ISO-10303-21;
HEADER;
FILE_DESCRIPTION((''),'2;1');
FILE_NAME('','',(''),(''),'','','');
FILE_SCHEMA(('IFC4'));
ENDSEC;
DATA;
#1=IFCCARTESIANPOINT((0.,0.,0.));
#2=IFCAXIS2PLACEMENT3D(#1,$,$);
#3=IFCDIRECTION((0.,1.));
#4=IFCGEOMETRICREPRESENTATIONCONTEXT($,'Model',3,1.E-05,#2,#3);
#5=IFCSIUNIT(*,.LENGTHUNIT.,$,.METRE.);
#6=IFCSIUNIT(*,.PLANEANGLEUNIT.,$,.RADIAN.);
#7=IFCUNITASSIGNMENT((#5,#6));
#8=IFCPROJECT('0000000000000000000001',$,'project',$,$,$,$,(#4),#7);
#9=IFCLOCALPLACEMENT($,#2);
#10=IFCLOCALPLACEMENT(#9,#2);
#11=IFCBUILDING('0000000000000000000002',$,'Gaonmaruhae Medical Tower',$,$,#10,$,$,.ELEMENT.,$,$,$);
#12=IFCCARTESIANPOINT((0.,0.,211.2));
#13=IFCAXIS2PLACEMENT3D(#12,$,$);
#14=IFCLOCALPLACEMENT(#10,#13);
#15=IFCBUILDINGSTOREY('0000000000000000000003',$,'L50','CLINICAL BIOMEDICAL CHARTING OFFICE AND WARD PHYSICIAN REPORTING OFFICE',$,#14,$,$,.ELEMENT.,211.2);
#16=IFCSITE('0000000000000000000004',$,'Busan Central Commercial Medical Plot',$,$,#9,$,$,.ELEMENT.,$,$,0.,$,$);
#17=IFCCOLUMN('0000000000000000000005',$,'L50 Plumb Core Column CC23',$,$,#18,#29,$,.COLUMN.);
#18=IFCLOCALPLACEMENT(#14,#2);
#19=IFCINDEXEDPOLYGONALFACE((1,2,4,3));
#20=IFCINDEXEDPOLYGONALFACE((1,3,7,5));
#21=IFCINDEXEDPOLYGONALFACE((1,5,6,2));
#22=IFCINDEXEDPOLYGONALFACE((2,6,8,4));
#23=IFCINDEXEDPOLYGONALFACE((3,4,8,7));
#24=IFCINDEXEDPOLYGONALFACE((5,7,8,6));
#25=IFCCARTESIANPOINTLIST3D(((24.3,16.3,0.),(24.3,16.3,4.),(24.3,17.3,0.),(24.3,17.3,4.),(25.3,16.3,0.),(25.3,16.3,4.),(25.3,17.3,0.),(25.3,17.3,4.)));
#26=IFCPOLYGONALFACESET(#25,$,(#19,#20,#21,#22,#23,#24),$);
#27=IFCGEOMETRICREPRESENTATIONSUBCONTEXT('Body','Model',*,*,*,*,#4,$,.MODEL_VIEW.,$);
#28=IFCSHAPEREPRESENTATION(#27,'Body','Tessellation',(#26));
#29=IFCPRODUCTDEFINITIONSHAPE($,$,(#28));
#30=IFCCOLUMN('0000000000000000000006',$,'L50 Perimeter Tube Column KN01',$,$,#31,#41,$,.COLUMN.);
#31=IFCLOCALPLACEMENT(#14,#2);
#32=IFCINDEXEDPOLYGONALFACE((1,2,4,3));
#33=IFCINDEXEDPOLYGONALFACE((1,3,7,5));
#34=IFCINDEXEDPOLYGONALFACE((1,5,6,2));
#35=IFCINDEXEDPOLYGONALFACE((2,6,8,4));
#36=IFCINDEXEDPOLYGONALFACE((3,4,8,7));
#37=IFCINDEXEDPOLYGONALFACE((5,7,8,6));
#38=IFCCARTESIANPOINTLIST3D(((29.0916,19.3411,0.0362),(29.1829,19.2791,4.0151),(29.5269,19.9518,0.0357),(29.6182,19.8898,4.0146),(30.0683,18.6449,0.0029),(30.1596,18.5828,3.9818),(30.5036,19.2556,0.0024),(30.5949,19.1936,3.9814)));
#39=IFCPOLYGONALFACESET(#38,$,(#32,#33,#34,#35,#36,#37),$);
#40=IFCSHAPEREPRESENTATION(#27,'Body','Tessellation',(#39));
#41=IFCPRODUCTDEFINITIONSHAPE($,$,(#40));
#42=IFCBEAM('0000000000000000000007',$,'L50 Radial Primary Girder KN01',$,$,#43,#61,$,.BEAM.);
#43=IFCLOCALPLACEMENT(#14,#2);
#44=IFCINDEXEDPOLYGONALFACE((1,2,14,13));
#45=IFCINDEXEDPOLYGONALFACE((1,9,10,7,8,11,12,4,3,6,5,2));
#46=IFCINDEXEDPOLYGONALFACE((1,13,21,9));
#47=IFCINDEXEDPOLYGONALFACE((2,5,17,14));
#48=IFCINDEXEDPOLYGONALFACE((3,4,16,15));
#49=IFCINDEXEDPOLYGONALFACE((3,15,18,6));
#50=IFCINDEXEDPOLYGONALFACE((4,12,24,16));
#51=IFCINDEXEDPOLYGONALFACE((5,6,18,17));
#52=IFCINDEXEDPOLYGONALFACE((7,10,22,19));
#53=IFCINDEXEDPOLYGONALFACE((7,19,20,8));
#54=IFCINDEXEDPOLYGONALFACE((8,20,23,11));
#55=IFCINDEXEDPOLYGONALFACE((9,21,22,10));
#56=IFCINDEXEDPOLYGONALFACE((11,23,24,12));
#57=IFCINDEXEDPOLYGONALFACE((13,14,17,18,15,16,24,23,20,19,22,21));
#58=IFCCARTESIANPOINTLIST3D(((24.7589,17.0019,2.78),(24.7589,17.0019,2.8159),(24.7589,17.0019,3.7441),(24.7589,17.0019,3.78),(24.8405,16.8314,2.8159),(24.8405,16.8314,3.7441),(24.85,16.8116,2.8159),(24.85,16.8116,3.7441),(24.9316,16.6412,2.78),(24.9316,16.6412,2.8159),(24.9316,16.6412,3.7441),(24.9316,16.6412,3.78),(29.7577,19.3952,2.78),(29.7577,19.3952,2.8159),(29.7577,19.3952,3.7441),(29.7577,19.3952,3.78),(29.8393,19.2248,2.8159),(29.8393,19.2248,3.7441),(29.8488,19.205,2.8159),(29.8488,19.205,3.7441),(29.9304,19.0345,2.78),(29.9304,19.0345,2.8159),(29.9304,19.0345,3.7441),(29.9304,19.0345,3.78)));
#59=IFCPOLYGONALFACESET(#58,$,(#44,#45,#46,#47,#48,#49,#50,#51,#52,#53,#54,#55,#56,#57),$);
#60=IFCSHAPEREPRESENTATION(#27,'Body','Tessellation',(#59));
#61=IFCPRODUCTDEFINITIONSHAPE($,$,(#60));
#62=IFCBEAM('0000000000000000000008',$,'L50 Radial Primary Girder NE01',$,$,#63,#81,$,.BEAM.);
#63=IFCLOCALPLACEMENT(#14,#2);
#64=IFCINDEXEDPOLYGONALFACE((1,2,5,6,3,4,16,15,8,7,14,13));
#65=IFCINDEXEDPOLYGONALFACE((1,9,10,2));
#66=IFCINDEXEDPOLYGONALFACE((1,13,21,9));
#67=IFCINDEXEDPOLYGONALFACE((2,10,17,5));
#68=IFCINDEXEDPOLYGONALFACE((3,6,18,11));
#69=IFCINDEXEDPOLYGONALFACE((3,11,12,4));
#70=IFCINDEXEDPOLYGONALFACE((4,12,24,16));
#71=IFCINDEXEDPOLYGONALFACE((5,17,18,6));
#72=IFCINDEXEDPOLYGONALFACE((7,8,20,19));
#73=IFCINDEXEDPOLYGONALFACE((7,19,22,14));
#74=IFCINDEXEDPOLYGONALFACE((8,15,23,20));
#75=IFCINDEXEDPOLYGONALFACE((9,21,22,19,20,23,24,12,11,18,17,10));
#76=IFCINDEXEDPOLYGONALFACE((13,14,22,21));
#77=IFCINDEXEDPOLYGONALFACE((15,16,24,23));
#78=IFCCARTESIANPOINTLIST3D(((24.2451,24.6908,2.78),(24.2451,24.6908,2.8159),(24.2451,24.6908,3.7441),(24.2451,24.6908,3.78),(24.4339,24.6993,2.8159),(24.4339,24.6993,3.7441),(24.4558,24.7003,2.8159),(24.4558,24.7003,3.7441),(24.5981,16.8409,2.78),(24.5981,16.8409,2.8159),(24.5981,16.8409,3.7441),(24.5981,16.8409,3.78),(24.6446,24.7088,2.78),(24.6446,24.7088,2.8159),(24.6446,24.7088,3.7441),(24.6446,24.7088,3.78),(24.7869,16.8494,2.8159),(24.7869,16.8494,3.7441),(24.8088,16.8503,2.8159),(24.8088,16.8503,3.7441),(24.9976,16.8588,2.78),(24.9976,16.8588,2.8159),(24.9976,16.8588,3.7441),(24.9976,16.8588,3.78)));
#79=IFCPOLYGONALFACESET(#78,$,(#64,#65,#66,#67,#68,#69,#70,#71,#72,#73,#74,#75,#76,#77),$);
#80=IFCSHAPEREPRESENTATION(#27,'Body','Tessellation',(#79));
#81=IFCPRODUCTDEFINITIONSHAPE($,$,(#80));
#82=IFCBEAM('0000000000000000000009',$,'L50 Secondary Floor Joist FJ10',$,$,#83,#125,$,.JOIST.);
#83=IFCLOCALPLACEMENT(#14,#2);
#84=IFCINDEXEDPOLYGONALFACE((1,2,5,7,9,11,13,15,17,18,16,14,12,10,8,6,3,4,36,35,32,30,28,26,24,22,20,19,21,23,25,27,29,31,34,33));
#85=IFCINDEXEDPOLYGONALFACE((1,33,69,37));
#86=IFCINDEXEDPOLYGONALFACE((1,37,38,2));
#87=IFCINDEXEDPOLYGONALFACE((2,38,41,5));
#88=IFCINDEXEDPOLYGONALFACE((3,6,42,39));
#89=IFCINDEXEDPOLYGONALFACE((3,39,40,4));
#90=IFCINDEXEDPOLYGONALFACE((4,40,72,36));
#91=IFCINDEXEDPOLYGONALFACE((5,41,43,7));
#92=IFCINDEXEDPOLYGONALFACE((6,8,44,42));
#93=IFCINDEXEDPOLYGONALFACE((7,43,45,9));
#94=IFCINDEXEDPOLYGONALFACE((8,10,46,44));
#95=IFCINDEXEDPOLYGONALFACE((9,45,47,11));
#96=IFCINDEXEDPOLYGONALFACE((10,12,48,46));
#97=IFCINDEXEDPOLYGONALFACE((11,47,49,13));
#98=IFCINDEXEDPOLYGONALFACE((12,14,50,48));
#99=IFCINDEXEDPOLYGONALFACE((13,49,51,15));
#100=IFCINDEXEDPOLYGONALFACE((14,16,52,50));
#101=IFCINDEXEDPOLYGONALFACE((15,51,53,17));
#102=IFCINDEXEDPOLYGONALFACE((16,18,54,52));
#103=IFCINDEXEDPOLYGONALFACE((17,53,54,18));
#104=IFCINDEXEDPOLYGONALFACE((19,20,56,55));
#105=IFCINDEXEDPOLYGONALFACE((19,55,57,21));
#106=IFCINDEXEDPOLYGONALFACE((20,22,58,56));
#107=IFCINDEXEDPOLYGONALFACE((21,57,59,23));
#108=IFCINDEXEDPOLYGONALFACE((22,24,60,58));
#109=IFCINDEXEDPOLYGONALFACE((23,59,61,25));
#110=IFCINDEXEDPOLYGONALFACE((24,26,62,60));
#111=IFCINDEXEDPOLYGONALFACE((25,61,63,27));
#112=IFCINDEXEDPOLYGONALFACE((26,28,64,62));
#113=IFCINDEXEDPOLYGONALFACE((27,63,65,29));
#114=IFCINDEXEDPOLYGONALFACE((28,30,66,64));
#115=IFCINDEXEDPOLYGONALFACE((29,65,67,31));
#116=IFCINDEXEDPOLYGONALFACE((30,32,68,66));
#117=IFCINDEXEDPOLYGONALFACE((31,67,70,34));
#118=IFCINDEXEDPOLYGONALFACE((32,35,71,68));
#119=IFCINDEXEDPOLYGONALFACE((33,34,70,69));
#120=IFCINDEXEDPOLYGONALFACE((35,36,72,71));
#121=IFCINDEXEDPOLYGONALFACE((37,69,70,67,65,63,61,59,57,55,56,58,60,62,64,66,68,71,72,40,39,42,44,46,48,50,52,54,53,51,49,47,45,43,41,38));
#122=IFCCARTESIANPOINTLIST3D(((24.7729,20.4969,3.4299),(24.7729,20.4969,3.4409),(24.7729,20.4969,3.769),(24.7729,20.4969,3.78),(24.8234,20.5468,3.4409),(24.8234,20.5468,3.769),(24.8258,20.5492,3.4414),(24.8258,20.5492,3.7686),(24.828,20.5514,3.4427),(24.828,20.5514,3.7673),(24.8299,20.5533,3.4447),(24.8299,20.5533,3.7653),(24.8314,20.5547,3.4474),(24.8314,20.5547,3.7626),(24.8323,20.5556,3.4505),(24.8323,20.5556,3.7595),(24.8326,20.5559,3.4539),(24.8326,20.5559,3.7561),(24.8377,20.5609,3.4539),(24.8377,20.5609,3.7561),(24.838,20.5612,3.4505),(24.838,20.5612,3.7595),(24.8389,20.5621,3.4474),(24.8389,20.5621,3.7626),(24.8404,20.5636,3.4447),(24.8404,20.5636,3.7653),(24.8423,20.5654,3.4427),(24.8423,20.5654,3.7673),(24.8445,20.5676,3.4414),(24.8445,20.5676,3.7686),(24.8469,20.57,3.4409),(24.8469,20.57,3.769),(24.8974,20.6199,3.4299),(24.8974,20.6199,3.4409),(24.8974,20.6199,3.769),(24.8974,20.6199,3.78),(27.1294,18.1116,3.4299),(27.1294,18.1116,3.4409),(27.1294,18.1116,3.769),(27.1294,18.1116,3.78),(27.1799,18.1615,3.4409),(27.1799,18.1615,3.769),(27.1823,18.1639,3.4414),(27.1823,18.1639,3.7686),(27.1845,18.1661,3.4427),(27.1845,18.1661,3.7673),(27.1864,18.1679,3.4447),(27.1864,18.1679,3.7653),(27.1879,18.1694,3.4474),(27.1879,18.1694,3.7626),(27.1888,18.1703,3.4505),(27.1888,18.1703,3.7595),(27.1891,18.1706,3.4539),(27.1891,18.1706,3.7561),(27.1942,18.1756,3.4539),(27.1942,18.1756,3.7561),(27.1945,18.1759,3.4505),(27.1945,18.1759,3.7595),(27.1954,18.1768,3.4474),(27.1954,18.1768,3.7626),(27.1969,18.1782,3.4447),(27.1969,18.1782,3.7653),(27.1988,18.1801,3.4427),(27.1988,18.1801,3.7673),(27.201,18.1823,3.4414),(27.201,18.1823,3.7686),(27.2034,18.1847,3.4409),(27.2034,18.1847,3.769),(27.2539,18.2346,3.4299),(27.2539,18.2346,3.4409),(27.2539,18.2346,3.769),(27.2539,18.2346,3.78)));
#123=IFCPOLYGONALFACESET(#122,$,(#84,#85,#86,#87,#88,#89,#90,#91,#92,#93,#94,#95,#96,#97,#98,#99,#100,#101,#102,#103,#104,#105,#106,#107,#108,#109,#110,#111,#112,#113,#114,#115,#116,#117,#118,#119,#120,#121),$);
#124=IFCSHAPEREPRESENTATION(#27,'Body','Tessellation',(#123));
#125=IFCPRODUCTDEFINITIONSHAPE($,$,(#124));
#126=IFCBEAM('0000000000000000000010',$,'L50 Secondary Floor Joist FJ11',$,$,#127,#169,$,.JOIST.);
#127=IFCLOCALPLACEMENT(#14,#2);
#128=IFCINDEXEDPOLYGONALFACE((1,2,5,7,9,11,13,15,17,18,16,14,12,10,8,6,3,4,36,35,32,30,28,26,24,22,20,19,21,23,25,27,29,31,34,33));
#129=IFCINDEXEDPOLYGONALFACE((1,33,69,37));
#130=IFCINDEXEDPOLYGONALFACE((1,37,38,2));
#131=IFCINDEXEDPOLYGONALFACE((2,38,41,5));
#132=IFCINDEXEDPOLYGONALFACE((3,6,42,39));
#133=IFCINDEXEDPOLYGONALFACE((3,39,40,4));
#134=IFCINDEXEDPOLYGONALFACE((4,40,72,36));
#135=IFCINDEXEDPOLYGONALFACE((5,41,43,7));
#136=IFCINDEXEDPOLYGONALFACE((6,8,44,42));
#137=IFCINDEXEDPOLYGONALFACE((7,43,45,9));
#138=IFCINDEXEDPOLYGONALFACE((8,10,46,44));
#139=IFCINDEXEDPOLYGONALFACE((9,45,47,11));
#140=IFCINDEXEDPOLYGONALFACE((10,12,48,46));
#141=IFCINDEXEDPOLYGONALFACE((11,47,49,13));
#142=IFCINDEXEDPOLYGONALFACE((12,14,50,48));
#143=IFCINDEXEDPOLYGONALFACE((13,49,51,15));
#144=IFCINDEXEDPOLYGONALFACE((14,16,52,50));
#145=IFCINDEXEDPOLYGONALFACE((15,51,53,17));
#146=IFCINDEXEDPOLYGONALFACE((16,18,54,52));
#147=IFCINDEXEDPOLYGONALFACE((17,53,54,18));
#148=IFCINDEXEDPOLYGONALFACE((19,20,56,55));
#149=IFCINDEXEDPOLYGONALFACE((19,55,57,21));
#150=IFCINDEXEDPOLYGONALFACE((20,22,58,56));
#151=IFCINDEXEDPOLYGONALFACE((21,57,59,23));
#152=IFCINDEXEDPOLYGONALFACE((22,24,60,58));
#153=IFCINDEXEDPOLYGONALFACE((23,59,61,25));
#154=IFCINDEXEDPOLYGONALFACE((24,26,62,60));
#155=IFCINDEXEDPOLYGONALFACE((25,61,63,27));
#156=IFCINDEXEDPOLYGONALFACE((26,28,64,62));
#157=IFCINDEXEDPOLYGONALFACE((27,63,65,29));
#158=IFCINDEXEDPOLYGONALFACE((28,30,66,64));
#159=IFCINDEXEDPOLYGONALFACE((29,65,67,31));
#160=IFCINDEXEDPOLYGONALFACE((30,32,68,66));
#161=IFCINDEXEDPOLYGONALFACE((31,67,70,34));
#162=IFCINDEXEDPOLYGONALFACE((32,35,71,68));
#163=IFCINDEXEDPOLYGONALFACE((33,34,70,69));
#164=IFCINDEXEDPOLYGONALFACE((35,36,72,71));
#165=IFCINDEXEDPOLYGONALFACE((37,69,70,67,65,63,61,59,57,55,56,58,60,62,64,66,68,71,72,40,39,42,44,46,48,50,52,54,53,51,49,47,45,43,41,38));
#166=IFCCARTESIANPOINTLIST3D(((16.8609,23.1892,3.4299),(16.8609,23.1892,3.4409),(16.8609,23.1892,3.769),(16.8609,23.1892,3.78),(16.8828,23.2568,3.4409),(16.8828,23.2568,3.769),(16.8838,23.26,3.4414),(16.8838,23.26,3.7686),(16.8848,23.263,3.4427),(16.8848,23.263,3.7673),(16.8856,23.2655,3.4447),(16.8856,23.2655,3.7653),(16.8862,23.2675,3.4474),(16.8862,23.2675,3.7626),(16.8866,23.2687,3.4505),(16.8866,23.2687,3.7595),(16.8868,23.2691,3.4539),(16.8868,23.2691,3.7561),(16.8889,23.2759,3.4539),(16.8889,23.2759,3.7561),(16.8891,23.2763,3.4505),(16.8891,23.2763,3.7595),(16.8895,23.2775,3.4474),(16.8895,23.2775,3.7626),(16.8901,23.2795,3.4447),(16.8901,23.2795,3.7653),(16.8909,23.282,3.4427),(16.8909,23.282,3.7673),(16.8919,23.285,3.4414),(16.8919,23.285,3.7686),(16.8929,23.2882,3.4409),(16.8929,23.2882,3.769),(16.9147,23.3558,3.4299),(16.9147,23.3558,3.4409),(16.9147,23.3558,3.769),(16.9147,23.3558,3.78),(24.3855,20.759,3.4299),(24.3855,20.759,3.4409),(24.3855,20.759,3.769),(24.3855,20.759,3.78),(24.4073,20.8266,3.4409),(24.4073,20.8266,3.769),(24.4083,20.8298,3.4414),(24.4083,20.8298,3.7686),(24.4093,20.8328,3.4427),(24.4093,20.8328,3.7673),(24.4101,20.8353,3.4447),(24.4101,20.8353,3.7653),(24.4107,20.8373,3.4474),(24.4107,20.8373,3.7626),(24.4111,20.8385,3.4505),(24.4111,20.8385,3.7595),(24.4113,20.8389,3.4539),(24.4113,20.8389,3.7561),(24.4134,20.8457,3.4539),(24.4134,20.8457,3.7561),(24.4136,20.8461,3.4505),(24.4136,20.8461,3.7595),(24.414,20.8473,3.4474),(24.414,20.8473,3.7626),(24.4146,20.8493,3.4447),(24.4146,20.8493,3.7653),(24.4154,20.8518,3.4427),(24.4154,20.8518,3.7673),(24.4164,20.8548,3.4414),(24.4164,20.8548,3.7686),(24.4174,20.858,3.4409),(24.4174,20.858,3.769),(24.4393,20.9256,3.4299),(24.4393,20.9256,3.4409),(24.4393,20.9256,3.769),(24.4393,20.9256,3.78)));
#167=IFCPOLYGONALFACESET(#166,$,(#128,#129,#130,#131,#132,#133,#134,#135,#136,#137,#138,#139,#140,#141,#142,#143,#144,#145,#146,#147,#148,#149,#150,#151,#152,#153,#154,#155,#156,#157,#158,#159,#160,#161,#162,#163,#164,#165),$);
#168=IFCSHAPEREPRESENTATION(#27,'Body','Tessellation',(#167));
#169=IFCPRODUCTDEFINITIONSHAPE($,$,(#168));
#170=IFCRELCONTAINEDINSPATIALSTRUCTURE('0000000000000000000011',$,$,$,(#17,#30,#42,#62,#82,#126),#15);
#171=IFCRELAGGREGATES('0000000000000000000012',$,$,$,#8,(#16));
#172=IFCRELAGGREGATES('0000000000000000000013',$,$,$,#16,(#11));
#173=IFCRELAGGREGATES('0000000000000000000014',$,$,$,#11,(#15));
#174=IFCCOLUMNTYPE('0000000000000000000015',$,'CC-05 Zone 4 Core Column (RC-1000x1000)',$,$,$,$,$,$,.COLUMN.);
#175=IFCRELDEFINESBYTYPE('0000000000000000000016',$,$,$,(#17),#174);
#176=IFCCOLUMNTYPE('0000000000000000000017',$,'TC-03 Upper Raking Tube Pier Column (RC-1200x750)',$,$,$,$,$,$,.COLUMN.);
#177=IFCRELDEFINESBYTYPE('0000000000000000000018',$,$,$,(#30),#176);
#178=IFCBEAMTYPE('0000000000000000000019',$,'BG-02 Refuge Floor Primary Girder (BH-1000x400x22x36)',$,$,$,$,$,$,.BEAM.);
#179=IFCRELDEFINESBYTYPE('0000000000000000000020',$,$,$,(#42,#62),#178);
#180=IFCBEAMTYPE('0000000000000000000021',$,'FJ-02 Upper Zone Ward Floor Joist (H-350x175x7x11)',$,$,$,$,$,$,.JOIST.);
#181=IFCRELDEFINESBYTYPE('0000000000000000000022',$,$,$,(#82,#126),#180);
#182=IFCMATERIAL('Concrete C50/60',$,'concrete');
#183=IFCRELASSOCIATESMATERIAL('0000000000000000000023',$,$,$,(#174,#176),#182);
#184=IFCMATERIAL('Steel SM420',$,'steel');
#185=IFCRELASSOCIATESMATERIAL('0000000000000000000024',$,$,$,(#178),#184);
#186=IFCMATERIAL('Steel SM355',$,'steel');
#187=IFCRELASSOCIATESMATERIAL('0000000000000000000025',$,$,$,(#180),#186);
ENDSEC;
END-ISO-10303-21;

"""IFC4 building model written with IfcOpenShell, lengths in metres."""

from ifc_helpers import new_model, si_unit, direction, frame, origin, origin_2d, place, context, subcontext, project, spatial, rectangle, i_section, extrude, material, material_profile, profile_set, type_object, element, save


model = new_model("IFC4")

# Units and contexts
model_context = context("Model", 3, precision=1e-05, world=origin(), true_north=direction((0.0, 1.0)))
body_context = subcontext(model_context, "Body", "Model", "MODEL_VIEW")
ifc_project = project(units=[si_unit("LENGTHUNIT", "METRE"), si_unit("PLANEANGLEUNIT", "RADIAN")], contexts=[model_context])

# Site, building, storey
site_placement = place(None, origin())
site = spatial("IfcSite", under=ifc_project, at=site_placement, Name="Busan Central Commercial Medical Plot", CompositionType="ELEMENT", RefElevation=0.0)
building_placement = place(site_placement, origin())
building = spatial("IfcBuilding", under=site, at=building_placement, Name="Gaonmaruhae Medical Tower", CompositionType="ELEMENT")
storey_placement = place(building_placement, frame((0.0, 0.0, 211.2)))
storey = spatial("IfcBuildingStorey", under=building, at=storey_placement, Name="L50", Description="CLINICAL BIOMEDICAL CHARTING OFFICE AND WARD PHYSICIAN REPORTING OFFICE", CompositionType="ELEMENT", Elevation=211.2)

# Columns
ifc_material_1 = material(Name="Concrete C50/60", Category="concrete")
ifc_material_profile_1 = material_profile(ifc_material_1, rectangle(XDim=1.0, YDim=1.0, at=origin_2d()), Name="RC-1000x1000")
ifc_profile_set_1 = profile_set([ifc_material_profile_1], Name="Concrete C50/60")
column_type_1 = type_object("IfcColumnType", Name="CC-05 Zone 4 Core Column (RC-1000x1000)", PredefinedType="COLUMN", material=ifc_profile_set_1)
column_1_placement = place(storey_placement, frame((24.8, 16.8, 0.0), z_axis=(0.0, 0.0, 1.0), x_axis=(1.0, 0.0, 0.0)))
element("IfcColumn", 1, at=column_1_placement, inside=storey, type_object=column_type_1, Name="L50 Plumb Core Column CC23", PredefinedType="COLUMN", context=body_context, shape_type="SweptSolid", body=[
    extrude(rectangle(XDim=1.0, YDim=1.0, at=origin_2d()), origin(), (0.0, 0.0, 1.0), 4.0),
])
ifc_material_profile_2 = material_profile(ifc_material_1, rectangle(XDim=1.2, YDim=0.75, at=origin_2d()), Name="RC-1200x750")
ifc_profile_set_2 = profile_set([ifc_material_profile_2], Name="Concrete C50/60")
column_type_2 = type_object("IfcColumnType", Name="TC-03 Upper Raking Tube Pier Column (RC-1200x750)", PredefinedType="COLUMN", material=ifc_profile_set_2)
column_2_placement = place(storey_placement, frame((29.7976, 19.2983, 0.0193), z_axis=(0.022939, -0.015579, 0.999615), x_axis=(-0.813978, 0.580234, 0.027722)))
element("IfcColumn", 2, at=column_2_placement, inside=storey, type_object=column_type_2, Name="L50 Perimeter Tube Column KN01", PredefinedType="COLUMN", context=body_context, shape_type="SweptSolid", body=[
    extrude(rectangle(XDim=1.2, YDim=0.75, at=origin_2d()), origin(), (0.0, 0.0, 1.0), 3.9805),
])

# Beams
ifc_material_2 = material(Name="Steel SM420", Category="steel")
ifc_material_profile_3 = material_profile(ifc_material_2, i_section(OverallWidth=0.3999, OverallDepth=1.0, WebThickness=0.022, FlangeThickness=0.0359, at=origin_2d()), Name="BH-1000x400x22x36")
ifc_profile_set_3 = profile_set([ifc_material_profile_3], Name="Steel SM420")
beam_type_1 = type_object("IfcBeamType", Name="BG-02 Refuge Floor Primary Girder (BH-1000x400x22x36)", PredefinedType="BEAM", material=ifc_profile_set_3)
beam_1_placement = place(storey_placement, frame((24.8452, 16.8215, 3.28), z_axis=(0.901952, 0.431836, 0.0), x_axis=(-0.431836, 0.901952, 0.0)))
element("IfcBeam", 3, at=beam_1_placement, inside=storey, type_object=beam_type_1, Name="L50 Radial Primary Girder KN01", PredefinedType="BEAM", context=body_context, shape_type="SweptSolid", body=[
    extrude(i_section(OverallWidth=0.3999, OverallDepth=1.0, WebThickness=0.022, FlangeThickness=0.0359, at=origin_2d()), origin(), (0.0, 0.0, 1.0), 5.5422),
])
beam_2_placement = place(storey_placement, frame((24.7979, 16.8499, 3.28), z_axis=(-0.044926, 0.99899, 0.0), x_axis=(-0.99899, -0.044926, 0.0)))
element("IfcBeam", 4, at=beam_2_placement, inside=storey, type_object=beam_type_1, Name="L50 Radial Primary Girder NE01", PredefinedType="BEAM", context=body_context, shape_type="SweptSolid", body=[
    extrude(i_section(OverallWidth=0.3999, OverallDepth=1.0, WebThickness=0.022, FlangeThickness=0.0359, at=origin_2d()), origin(), (0.0, 0.0, 1.0), 7.8579),
])
ifc_material_3 = material(Name="Steel SM355", Category="steel")
ifc_material_profile_4 = material_profile(ifc_material_3, i_section(OverallWidth=0.175, OverallDepth=0.3501, WebThickness=0.0071, FlangeThickness=0.011, FilletRadius=0.0129, at=origin_2d()), Name="H-350x175x7x11")
ifc_profile_set_4 = profile_set([ifc_material_profile_4], Name="Steel SM355")
beam_type_2 = type_object("IfcBeamType", Name="FJ-02 Upper Zone Ward Floor Joist (H-350x175x7x11)", PredefinedType="JOIST", material=ifc_profile_set_4)
beam_3_placement = place(storey_placement, frame((27.1917, 18.1731, 3.605), z_axis=(-0.702798, 0.71139, 0.0), x_axis=(-0.71139, -0.702798, 0.0)))
element("IfcBeam", 5, at=beam_3_placement, inside=storey, type_object=beam_type_2, Name="L50 Secondary Floor Joist FJ10", PredefinedType="JOIST", context=body_context, shape_type="SweptSolid", body=[
    extrude(i_section(OverallWidth=0.175, OverallDepth=0.3501, WebThickness=0.0071, FlangeThickness=0.011, FilletRadius=0.0129, at=origin_2d()), origin(), (0.0, 0.0, 1.0), 3.353),
])
beam_4_placement = place(storey_placement, frame((24.4124, 20.8423, 3.605), z_axis=(-0.9516, 0.30734, 0.0), x_axis=(-0.30734, -0.9516, 0.0)))
element("IfcBeam", 6, at=beam_4_placement, inside=storey, type_object=beam_type_2, Name="L50 Secondary Floor Joist FJ11", PredefinedType="JOIST", context=body_context, shape_type="SweptSolid", body=[
    extrude(i_section(OverallWidth=0.175, OverallDepth=0.3501, WebThickness=0.0071, FlangeThickness=0.011, FilletRadius=0.0129, at=origin_2d()), origin(), (0.0, 0.0, 1.0), 7.9072),
])

save(model, "model.ifc")
